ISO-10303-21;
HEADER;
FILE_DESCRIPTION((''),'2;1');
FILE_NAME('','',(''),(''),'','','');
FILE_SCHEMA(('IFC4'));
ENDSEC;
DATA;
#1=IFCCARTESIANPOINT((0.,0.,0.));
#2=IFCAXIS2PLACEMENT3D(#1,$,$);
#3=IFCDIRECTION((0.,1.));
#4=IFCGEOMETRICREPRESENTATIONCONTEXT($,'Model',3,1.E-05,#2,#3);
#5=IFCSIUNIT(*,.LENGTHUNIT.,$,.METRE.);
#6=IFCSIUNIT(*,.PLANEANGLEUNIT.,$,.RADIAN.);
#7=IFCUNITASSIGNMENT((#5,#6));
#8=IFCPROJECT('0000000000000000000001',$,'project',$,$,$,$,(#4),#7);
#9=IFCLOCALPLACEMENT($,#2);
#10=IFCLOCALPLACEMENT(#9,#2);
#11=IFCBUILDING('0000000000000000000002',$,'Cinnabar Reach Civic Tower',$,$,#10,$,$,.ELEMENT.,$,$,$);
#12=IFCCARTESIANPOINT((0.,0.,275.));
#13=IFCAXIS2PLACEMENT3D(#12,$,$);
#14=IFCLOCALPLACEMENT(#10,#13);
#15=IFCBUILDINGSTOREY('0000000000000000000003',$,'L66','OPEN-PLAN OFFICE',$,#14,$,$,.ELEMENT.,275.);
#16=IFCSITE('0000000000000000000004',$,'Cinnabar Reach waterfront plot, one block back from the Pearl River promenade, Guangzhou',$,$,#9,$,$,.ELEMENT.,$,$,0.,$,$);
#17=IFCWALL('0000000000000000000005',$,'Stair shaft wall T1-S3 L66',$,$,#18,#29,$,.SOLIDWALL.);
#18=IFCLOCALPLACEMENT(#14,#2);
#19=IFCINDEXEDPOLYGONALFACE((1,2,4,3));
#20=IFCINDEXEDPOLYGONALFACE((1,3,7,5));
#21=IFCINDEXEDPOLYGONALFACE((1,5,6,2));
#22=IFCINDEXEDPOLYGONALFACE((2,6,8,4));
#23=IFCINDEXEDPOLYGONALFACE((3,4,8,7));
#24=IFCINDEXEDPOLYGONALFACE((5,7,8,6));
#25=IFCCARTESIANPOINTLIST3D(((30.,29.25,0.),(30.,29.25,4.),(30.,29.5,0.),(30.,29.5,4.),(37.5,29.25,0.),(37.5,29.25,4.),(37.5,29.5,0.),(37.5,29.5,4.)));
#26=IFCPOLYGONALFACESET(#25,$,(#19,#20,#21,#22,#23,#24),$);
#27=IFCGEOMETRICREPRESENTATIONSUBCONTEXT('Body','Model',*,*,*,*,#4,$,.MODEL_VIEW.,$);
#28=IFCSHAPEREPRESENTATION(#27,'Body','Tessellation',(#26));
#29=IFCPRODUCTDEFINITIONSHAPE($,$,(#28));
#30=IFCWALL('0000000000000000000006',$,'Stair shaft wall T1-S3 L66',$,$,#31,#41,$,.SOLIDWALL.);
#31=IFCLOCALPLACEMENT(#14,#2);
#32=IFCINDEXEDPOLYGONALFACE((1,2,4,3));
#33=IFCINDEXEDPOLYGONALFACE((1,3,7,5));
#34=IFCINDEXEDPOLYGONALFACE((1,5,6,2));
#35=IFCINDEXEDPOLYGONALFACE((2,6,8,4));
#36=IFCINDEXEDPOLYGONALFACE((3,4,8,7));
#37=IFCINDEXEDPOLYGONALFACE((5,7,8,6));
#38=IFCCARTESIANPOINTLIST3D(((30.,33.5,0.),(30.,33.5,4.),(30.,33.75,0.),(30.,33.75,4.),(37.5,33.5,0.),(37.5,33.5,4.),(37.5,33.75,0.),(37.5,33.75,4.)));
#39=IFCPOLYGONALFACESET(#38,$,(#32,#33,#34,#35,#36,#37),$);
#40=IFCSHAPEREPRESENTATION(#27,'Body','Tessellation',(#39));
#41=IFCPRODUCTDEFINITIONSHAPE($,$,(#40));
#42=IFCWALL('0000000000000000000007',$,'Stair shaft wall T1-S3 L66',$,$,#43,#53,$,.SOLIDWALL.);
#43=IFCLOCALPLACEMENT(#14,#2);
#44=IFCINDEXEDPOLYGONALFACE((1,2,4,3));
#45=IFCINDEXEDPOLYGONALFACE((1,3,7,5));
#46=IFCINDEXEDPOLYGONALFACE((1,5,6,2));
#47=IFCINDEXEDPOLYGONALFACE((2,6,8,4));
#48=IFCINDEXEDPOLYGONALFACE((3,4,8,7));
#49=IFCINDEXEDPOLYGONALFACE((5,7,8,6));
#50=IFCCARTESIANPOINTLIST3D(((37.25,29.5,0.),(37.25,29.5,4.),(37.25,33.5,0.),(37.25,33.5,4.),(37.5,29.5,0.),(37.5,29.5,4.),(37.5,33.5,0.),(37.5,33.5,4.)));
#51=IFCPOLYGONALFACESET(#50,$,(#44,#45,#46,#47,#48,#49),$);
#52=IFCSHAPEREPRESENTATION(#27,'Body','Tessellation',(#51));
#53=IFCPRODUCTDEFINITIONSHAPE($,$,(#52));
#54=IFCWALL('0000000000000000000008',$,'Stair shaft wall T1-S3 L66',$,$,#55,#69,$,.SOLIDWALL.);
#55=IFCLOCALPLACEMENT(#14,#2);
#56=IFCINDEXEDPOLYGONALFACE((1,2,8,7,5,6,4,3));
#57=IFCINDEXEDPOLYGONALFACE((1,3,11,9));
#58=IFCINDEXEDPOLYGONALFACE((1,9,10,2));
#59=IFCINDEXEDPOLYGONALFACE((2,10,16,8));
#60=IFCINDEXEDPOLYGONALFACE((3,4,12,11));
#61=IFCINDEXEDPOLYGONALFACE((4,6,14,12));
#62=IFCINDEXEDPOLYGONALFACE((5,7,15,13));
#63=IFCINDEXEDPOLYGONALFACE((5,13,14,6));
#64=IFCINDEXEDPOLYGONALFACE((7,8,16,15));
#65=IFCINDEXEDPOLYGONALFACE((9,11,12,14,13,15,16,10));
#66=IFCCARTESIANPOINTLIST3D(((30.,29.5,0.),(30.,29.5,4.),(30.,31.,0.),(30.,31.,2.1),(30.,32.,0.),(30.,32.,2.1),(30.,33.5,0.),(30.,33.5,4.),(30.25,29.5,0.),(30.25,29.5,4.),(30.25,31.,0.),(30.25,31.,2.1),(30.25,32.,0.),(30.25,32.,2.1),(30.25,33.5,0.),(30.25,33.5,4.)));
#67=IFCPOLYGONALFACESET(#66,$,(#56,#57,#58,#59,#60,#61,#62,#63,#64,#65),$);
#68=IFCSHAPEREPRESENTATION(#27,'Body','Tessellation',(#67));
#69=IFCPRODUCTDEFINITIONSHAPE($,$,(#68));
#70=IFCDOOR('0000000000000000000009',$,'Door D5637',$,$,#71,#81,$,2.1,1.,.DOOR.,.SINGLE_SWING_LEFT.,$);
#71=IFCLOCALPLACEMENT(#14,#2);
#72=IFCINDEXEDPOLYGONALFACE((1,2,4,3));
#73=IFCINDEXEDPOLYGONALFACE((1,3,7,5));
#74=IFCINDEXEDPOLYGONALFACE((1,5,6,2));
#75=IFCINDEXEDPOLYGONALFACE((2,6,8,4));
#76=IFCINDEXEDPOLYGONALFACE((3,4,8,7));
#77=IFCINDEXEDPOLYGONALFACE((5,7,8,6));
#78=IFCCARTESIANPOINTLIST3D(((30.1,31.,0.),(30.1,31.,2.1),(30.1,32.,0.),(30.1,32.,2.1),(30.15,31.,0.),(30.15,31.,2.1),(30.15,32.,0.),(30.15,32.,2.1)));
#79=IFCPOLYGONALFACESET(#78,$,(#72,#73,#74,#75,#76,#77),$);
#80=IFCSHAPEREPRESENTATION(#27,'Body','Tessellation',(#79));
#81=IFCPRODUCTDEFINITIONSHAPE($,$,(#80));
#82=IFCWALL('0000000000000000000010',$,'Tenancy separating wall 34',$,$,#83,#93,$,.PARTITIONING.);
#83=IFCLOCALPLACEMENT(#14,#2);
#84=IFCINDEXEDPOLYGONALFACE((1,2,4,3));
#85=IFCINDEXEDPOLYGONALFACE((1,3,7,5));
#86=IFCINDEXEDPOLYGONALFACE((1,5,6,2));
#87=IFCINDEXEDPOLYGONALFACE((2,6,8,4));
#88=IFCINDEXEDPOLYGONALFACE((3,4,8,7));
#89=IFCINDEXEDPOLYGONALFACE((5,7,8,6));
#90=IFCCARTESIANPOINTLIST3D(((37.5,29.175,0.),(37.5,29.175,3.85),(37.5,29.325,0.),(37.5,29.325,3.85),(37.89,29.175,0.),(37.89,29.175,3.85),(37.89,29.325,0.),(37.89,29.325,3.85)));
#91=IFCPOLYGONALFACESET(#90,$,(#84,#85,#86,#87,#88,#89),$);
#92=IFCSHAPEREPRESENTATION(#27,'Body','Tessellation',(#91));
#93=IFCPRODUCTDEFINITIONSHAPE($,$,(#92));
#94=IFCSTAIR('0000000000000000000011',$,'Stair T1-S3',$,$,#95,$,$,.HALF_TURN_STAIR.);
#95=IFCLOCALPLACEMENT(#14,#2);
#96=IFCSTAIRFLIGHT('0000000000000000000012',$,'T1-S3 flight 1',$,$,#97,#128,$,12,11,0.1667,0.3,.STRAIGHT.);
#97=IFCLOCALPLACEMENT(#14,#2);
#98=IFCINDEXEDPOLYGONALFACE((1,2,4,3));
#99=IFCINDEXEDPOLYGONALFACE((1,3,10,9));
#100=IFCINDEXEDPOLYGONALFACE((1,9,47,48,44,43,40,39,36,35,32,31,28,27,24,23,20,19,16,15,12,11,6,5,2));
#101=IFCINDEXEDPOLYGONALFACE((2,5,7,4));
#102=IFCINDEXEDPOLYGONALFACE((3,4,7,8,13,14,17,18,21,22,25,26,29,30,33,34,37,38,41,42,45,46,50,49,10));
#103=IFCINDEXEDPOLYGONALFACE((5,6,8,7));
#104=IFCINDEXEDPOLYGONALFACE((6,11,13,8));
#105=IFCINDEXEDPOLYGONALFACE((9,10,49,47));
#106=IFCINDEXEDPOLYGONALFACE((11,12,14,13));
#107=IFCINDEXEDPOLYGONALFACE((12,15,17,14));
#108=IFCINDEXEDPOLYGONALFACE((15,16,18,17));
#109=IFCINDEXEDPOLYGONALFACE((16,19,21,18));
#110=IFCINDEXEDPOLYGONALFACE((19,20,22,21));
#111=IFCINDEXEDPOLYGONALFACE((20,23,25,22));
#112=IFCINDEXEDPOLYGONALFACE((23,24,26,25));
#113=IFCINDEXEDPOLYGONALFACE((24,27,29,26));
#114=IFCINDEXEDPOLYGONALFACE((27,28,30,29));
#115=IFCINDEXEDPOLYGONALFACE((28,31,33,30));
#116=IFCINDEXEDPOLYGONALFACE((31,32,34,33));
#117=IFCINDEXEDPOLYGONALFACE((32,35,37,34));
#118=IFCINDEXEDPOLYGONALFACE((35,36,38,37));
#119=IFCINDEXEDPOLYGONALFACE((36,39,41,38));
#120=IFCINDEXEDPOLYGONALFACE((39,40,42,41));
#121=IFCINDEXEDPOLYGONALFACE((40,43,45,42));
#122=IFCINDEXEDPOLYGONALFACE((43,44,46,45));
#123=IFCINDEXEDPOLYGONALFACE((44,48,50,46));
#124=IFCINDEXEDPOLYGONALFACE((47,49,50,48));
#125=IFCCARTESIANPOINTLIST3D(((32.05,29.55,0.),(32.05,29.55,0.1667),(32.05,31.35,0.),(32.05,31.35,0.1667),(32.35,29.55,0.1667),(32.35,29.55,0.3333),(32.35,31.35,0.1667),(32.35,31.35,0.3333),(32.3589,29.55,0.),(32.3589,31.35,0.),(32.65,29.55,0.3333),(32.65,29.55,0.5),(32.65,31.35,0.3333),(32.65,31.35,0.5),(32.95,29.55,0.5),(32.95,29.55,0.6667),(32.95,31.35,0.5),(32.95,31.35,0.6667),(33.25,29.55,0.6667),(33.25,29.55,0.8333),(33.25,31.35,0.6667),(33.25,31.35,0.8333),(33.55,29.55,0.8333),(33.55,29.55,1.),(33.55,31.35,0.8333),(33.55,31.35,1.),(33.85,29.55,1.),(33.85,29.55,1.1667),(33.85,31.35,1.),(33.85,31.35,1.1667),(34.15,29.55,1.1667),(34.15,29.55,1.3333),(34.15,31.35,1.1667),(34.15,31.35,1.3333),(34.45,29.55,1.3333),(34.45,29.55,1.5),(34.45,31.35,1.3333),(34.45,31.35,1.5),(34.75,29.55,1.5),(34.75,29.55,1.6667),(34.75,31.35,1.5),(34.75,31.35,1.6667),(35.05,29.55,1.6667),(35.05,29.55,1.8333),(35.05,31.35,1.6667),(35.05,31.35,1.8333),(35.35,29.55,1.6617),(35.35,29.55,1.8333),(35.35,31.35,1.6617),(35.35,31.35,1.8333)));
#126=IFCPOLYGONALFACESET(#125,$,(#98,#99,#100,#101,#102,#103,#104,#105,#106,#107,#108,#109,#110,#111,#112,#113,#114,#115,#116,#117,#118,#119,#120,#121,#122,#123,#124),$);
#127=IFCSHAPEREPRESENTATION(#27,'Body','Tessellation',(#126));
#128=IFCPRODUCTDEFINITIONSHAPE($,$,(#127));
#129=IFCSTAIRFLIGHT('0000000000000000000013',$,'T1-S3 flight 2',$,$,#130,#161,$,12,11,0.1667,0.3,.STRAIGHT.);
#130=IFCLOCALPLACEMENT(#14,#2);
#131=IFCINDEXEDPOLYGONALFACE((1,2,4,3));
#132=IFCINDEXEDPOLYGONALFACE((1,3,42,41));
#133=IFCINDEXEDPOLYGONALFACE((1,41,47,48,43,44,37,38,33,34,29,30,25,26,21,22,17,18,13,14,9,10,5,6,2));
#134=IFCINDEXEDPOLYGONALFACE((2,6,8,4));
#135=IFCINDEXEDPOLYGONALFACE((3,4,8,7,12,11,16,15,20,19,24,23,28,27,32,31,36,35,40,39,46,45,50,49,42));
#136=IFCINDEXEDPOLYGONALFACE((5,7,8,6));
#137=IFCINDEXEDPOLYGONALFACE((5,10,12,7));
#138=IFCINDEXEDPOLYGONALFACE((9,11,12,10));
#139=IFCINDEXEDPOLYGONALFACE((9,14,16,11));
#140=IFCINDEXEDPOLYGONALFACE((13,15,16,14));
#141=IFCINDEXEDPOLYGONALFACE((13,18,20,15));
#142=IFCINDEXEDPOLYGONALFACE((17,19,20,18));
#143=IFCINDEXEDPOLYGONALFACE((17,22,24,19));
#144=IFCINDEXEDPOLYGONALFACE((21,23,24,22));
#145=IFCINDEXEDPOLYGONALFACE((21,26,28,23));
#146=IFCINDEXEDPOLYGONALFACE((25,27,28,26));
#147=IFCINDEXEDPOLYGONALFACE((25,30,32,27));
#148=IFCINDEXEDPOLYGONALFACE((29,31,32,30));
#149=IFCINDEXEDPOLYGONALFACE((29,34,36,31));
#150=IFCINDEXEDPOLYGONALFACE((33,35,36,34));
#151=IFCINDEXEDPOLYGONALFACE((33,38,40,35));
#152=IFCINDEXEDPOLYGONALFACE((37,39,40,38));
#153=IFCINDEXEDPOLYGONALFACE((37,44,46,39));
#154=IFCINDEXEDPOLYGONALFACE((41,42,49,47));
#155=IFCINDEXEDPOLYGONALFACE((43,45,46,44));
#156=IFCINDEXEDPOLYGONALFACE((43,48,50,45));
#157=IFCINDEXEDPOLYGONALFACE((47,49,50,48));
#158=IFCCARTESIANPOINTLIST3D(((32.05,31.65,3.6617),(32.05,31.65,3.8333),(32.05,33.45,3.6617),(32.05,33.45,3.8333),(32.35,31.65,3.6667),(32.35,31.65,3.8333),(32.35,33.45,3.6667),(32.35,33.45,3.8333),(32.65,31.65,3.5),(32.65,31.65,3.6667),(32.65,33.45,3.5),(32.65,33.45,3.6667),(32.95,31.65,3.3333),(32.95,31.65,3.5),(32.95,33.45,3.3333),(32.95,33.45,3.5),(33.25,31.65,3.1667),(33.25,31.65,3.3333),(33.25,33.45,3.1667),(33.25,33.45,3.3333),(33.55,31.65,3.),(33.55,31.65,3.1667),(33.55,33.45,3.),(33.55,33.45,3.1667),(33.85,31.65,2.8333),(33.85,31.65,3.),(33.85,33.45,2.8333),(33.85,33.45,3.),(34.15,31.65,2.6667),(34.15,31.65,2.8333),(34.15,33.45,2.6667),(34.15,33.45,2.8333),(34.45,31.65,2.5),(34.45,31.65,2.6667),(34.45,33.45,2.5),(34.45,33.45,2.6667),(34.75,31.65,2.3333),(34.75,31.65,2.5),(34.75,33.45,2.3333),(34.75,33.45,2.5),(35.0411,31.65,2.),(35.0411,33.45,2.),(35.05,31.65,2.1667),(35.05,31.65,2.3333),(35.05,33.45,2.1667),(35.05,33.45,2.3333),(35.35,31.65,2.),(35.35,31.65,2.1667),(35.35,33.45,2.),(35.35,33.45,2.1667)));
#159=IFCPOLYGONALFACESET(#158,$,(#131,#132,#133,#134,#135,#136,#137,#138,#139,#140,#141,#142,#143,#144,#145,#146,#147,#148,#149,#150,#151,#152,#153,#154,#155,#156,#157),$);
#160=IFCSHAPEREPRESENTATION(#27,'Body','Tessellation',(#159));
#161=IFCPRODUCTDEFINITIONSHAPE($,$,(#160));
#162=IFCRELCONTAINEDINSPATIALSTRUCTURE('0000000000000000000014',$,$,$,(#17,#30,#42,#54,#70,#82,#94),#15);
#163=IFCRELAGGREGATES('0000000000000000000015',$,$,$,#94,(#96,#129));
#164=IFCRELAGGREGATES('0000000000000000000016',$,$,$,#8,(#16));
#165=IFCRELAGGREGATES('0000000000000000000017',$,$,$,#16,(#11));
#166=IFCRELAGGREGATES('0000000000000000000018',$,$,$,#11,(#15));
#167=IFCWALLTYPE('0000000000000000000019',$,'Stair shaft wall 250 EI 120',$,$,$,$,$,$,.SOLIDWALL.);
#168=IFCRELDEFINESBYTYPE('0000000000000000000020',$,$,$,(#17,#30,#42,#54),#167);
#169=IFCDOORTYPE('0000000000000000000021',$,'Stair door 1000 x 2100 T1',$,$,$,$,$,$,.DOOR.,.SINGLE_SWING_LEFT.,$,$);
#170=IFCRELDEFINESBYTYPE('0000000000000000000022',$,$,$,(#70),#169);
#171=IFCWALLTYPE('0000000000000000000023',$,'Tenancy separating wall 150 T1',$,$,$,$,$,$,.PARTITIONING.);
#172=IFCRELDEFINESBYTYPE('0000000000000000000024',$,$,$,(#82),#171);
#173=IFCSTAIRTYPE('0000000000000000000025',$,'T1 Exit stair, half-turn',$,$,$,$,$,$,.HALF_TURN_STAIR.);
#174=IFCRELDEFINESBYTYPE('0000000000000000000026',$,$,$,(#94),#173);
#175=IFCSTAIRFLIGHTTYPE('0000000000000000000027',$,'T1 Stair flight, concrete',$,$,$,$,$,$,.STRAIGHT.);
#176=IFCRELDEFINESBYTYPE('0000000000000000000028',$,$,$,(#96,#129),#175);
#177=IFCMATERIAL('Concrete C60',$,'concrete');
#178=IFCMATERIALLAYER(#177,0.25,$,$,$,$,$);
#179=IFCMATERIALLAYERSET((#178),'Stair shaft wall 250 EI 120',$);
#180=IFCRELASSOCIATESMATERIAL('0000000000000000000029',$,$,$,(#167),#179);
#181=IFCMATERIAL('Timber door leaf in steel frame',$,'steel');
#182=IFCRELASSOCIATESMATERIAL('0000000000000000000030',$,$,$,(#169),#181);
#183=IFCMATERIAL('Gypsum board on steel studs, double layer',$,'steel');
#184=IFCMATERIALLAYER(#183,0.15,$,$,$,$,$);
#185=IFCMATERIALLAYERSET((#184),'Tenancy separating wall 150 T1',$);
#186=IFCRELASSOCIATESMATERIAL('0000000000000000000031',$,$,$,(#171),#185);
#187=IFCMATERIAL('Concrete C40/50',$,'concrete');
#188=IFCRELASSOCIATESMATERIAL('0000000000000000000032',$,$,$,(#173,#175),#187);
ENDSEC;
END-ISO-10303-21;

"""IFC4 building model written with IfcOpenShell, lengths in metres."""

from ifc_helpers import new_model, si_unit, direction, frame, frame_2d, origin, place, context, subcontext, project, spatial, polyline, rectangle, outline, extrude, material, layer, layer_set, type_object, element, fill, aggregate, save


model = new_model("IFC4")

# Units and contexts
model_context = context("Model", 3, precision=1e-05, world=origin(), true_north=direction((0.0, 1.0)))
body_context = subcontext(model_context, "Body", "Model", "MODEL_VIEW")
ifc_project = project(units=[si_unit("LENGTHUNIT", "METRE"), si_unit("PLANEANGLEUNIT", "RADIAN")], contexts=[model_context])

# Site, building, storey
site_placement = place(None, origin())
site = spatial("IfcSite", under=ifc_project, at=site_placement, Name="Cinnabar Reach waterfront plot, one block back from the Pearl River promenade, Guangzhou", CompositionType="ELEMENT", RefElevation=0.0)
building_placement = place(site_placement, origin())
building = spatial("IfcBuilding", under=site, at=building_placement, Name="Cinnabar Reach Civic Tower", CompositionType="ELEMENT")
storey_placement = place(building_placement, frame((0.0, 0.0, 275.0)))
storey = spatial("IfcBuildingStorey", under=building, at=storey_placement, Name="L66", Description="OPEN-PLAN OFFICE", CompositionType="ELEMENT", Elevation=275.0)

# Shared definitions
ifc_material_1 = material(Name="Concrete C60", Category="concrete")

# Walls
ifc_material_2 = material(Name="Gypsum board on steel studs, double layer", Category="steel")
ifc_layer_1 = layer(ifc_material_1, 0.25)
ifc_layer_set_1 = layer_set([ifc_layer_1], Name="Stair shaft wall 250 EI 120")
wall_type_1 = type_object("IfcWallType", Name="Stair shaft wall 250 EI 120", PredefinedType="SOLIDWALL", material=ifc_layer_set_1)
for number, where, z_axis, x_axis, name in (
    (1, (30.0, 29.375, 0.0), (0.0, 0.0, 1.0), (1.0, 0.0, 0.0), "Stair shaft wall T1-S3 L66"),
    (2, (37.5, 33.625, 0.0), (0.0, 0.0, 1.0), (-1.0, 0.0, 0.0), "Stair shaft wall T1-S3 L66"),
):
    element("IfcWall", number, at=place(storey_placement, frame(where, z_axis=z_axis, x_axis=x_axis)), inside=storey, type_object=wall_type_1, Name=name, PredefinedType="SOLIDWALL", context=body_context, shape_type="SweptSolid", body=[
        extrude(rectangle(XDim=7.5, YDim=0.25, at=frame_2d((3.75, 0.0))), origin(), (0.0, 0.0, 1.0), 4.0),
    ])
wall_1_placement = place(storey_placement, frame((37.375, 29.5, 0.0), z_axis=(0.0, 0.0, 1.0), x_axis=(0.0, 1.0, 0.0)))
element("IfcWall", 3, at=wall_1_placement, inside=storey, type_object=wall_type_1, Name="Stair shaft wall T1-S3 L66", PredefinedType="SOLIDWALL", context=body_context, shape_type="SweptSolid", body=[
    extrude(rectangle(XDim=4.0, YDim=0.25, at=frame_2d((2.0, 0.0))), origin(), (0.0, 0.0, 1.0), 4.0),
])

# Wall, opening, door
wall_2_placement = place(storey_placement, frame((30.125, 33.5, 0.0), z_axis=(0.0, 0.0, 1.0), x_axis=(0.0, -1.0, 0.0)))
wall_2 = element("IfcWall", 4, at=wall_2_placement, inside=storey, type_object=wall_type_1, Name="Stair shaft wall T1-S3 L66", PredefinedType="SOLIDWALL", context=body_context, shape_type="SweptSolid", body=[
    extrude(rectangle(XDim=4.0, YDim=0.25, at=frame_2d((2.0, 0.0))), origin(), (0.0, 0.0, 1.0), 4.0),
])
opening_1_placement = place(wall_2_placement, frame((1.5, 0.0, 0.0)))
opening_1 = element("IfcOpeningElement", 5, at=opening_1_placement, cuts=wall_2, PredefinedType="OPENING", context=body_context, shape_type="SweptSolid", body=[
    extrude(rectangle(XDim=1.0, YDim=2.1, at=frame_2d((0.5, 1.05))), frame((0.0, 0.135, 0.0), z_axis=(0.0, -1.0, 0.0), x_axis=(1.0, 0.0, 0.0)), (0.0, 0.0, 1.0), 0.27),
])
ifc_material_3 = material(Name="Timber door leaf in steel frame", Category="steel")
door_type = type_object("IfcDoorType", Name="Stair door 1000 x 2100 T1", OperationType="SINGLE_SWING_LEFT", PredefinedType="DOOR", material=ifc_material_3)
door_placement = place(opening_1_placement, origin())
door = element("IfcDoor", 6, at=door_placement, inside=storey, type_object=door_type, Name="Door D5637", OperationType="SINGLE_SWING_LEFT", OverallHeight=2.1, OverallWidth=1.0, PredefinedType="DOOR", context=body_context, shape_type="SweptSolid", body=[
    extrude(rectangle(XDim=1.0, YDim=2.1, at=frame_2d((0.5, 1.05))), frame((0.0, 0.025, 0.0), z_axis=(0.0, -1.0, 0.0), x_axis=(1.0, 0.0, 0.0)), (0.0, 0.0, 1.0), 0.05),
])
fill(opening_1, door)

# Wall
ifc_layer_2 = layer(ifc_material_2, 0.15)
ifc_layer_set_2 = layer_set([ifc_layer_2], Name="Tenancy separating wall 150 T1")
wall_type_2 = type_object("IfcWallType", Name="Tenancy separating wall 150 T1", PredefinedType="PARTITIONING", material=ifc_layer_set_2)
wall_3_placement = place(storey_placement, frame((37.5, 29.25, 0.0), z_axis=(0.0, 0.0, 1.0), x_axis=(1.0, 0.0, 0.0)))
element("IfcWall", 7, at=wall_3_placement, inside=storey, type_object=wall_type_2, Name="Tenancy separating wall 34", PredefinedType="PARTITIONING", context=body_context, shape_type="SweptSolid", body=[
    extrude(rectangle(XDim=0.39, YDim=0.15, at=frame_2d((0.195, 0.0))), origin(), (0.0, 0.0, 1.0), 3.85),
])

# Stair, stair flights
ifc_material_4 = material(Name="Concrete C40/50", Category="concrete")
stair_type = type_object("IfcStairType", Name="T1 Exit stair, half-turn", PredefinedType="HALF_TURN_STAIR", material=ifc_material_4)
stair_placement = place(storey_placement, origin())
stair = element("IfcStair", 8, at=stair_placement, inside=storey, type_object=stair_type, Name="Stair T1-S3", PredefinedType="HALF_TURN_STAIR")
stair_flight_type = type_object("IfcStairFlightType", Name="T1 Stair flight, concrete", PredefinedType="STRAIGHT", material=ifc_material_4)
stair_flight_1_placement = place(storey_placement, frame((32.05, 30.45, 0.0), z_axis=(0.0, 0.0, 1.0), x_axis=(1.0, 0.0, 0.0)))
stair_flight_1 = element("IfcStairFlight", 9, at=stair_flight_1_placement, type_object=stair_flight_type, Name="T1-S3 flight 1", NumberOfRisers=12, NumberOfTreads=11, PredefinedType="STRAIGHT", RiserHeight=0.1667, TreadLength=0.3, context=body_context, shape_type="SweptSolid", body=[
    extrude(outline(polyline([(0.0, 0.0), (0.0, 0.1667), (0.3, 0.1667), (0.3, 0.3333), (0.6, 0.3333), (0.6, 0.5), (0.9, 0.5), (0.9, 0.6667), (1.2, 0.6667), (1.2, 0.8333), (1.5, 0.8333), (1.5, 1.0), (1.8, 1.0), (1.8, 1.1667), (2.1, 1.1667), (2.1, 1.3333), (2.4, 1.3333), (2.4, 1.5), (2.7, 1.5), (2.7, 1.6667), (3.0, 1.6667), (3.0, 1.8333), (3.3, 1.8333), (3.3, 2.0), (3.3, 1.6617), (0.3089, 0.0), (0.0, 0.0)])), frame((0.0, 0.9, 0.0), z_axis=(0.0, -1.0, 0.0), x_axis=(1.0, 0.0, 0.0)), (0.0, 0.0, 1.0), 1.8),
])
stair_flight_2_placement = place(storey_placement, frame((35.35, 32.55, 2.0), z_axis=(0.0, 0.0, 1.0), x_axis=(-1.0, 0.0, 0.0)))
stair_flight_2 = element("IfcStairFlight", 10, at=stair_flight_2_placement, type_object=stair_flight_type, Name="T1-S3 flight 2", NumberOfRisers=12, NumberOfTreads=11, PredefinedType="STRAIGHT", RiserHeight=0.1667, TreadLength=0.3, context=body_context, shape_type="SweptSolid", body=[
    extrude(outline(polyline([(0.0, 0.0), (0.0, 0.1667), (0.3, 0.1667), (0.3, 0.3333), (0.6, 0.3333), (0.6, 0.5), (0.9, 0.5), (0.9, 0.6667), (1.2, 0.6667), (1.2, 0.8333), (1.5, 0.8333), (1.5, 1.0), (1.8, 1.0), (1.8, 1.1667), (2.1, 1.1667), (2.1, 1.3333), (2.4, 1.3333), (2.4, 1.5), (2.7, 1.5), (2.7, 1.6667), (3.0, 1.6667), (3.0, 1.8333), (3.3, 1.8333), (3.3, 2.0), (3.3, 1.6617), (0.3089, 0.0), (0.0, 0.0)])), frame((0.0, 0.9, 0.0), z_axis=(0.0, -1.0, 0.0), x_axis=(1.0, 0.0, 0.0)), (0.0, 0.0, 1.0), 1.8),
])
aggregate(stair, [stair_flight_1, stair_flight_2])

save(model, "model.ifc")
